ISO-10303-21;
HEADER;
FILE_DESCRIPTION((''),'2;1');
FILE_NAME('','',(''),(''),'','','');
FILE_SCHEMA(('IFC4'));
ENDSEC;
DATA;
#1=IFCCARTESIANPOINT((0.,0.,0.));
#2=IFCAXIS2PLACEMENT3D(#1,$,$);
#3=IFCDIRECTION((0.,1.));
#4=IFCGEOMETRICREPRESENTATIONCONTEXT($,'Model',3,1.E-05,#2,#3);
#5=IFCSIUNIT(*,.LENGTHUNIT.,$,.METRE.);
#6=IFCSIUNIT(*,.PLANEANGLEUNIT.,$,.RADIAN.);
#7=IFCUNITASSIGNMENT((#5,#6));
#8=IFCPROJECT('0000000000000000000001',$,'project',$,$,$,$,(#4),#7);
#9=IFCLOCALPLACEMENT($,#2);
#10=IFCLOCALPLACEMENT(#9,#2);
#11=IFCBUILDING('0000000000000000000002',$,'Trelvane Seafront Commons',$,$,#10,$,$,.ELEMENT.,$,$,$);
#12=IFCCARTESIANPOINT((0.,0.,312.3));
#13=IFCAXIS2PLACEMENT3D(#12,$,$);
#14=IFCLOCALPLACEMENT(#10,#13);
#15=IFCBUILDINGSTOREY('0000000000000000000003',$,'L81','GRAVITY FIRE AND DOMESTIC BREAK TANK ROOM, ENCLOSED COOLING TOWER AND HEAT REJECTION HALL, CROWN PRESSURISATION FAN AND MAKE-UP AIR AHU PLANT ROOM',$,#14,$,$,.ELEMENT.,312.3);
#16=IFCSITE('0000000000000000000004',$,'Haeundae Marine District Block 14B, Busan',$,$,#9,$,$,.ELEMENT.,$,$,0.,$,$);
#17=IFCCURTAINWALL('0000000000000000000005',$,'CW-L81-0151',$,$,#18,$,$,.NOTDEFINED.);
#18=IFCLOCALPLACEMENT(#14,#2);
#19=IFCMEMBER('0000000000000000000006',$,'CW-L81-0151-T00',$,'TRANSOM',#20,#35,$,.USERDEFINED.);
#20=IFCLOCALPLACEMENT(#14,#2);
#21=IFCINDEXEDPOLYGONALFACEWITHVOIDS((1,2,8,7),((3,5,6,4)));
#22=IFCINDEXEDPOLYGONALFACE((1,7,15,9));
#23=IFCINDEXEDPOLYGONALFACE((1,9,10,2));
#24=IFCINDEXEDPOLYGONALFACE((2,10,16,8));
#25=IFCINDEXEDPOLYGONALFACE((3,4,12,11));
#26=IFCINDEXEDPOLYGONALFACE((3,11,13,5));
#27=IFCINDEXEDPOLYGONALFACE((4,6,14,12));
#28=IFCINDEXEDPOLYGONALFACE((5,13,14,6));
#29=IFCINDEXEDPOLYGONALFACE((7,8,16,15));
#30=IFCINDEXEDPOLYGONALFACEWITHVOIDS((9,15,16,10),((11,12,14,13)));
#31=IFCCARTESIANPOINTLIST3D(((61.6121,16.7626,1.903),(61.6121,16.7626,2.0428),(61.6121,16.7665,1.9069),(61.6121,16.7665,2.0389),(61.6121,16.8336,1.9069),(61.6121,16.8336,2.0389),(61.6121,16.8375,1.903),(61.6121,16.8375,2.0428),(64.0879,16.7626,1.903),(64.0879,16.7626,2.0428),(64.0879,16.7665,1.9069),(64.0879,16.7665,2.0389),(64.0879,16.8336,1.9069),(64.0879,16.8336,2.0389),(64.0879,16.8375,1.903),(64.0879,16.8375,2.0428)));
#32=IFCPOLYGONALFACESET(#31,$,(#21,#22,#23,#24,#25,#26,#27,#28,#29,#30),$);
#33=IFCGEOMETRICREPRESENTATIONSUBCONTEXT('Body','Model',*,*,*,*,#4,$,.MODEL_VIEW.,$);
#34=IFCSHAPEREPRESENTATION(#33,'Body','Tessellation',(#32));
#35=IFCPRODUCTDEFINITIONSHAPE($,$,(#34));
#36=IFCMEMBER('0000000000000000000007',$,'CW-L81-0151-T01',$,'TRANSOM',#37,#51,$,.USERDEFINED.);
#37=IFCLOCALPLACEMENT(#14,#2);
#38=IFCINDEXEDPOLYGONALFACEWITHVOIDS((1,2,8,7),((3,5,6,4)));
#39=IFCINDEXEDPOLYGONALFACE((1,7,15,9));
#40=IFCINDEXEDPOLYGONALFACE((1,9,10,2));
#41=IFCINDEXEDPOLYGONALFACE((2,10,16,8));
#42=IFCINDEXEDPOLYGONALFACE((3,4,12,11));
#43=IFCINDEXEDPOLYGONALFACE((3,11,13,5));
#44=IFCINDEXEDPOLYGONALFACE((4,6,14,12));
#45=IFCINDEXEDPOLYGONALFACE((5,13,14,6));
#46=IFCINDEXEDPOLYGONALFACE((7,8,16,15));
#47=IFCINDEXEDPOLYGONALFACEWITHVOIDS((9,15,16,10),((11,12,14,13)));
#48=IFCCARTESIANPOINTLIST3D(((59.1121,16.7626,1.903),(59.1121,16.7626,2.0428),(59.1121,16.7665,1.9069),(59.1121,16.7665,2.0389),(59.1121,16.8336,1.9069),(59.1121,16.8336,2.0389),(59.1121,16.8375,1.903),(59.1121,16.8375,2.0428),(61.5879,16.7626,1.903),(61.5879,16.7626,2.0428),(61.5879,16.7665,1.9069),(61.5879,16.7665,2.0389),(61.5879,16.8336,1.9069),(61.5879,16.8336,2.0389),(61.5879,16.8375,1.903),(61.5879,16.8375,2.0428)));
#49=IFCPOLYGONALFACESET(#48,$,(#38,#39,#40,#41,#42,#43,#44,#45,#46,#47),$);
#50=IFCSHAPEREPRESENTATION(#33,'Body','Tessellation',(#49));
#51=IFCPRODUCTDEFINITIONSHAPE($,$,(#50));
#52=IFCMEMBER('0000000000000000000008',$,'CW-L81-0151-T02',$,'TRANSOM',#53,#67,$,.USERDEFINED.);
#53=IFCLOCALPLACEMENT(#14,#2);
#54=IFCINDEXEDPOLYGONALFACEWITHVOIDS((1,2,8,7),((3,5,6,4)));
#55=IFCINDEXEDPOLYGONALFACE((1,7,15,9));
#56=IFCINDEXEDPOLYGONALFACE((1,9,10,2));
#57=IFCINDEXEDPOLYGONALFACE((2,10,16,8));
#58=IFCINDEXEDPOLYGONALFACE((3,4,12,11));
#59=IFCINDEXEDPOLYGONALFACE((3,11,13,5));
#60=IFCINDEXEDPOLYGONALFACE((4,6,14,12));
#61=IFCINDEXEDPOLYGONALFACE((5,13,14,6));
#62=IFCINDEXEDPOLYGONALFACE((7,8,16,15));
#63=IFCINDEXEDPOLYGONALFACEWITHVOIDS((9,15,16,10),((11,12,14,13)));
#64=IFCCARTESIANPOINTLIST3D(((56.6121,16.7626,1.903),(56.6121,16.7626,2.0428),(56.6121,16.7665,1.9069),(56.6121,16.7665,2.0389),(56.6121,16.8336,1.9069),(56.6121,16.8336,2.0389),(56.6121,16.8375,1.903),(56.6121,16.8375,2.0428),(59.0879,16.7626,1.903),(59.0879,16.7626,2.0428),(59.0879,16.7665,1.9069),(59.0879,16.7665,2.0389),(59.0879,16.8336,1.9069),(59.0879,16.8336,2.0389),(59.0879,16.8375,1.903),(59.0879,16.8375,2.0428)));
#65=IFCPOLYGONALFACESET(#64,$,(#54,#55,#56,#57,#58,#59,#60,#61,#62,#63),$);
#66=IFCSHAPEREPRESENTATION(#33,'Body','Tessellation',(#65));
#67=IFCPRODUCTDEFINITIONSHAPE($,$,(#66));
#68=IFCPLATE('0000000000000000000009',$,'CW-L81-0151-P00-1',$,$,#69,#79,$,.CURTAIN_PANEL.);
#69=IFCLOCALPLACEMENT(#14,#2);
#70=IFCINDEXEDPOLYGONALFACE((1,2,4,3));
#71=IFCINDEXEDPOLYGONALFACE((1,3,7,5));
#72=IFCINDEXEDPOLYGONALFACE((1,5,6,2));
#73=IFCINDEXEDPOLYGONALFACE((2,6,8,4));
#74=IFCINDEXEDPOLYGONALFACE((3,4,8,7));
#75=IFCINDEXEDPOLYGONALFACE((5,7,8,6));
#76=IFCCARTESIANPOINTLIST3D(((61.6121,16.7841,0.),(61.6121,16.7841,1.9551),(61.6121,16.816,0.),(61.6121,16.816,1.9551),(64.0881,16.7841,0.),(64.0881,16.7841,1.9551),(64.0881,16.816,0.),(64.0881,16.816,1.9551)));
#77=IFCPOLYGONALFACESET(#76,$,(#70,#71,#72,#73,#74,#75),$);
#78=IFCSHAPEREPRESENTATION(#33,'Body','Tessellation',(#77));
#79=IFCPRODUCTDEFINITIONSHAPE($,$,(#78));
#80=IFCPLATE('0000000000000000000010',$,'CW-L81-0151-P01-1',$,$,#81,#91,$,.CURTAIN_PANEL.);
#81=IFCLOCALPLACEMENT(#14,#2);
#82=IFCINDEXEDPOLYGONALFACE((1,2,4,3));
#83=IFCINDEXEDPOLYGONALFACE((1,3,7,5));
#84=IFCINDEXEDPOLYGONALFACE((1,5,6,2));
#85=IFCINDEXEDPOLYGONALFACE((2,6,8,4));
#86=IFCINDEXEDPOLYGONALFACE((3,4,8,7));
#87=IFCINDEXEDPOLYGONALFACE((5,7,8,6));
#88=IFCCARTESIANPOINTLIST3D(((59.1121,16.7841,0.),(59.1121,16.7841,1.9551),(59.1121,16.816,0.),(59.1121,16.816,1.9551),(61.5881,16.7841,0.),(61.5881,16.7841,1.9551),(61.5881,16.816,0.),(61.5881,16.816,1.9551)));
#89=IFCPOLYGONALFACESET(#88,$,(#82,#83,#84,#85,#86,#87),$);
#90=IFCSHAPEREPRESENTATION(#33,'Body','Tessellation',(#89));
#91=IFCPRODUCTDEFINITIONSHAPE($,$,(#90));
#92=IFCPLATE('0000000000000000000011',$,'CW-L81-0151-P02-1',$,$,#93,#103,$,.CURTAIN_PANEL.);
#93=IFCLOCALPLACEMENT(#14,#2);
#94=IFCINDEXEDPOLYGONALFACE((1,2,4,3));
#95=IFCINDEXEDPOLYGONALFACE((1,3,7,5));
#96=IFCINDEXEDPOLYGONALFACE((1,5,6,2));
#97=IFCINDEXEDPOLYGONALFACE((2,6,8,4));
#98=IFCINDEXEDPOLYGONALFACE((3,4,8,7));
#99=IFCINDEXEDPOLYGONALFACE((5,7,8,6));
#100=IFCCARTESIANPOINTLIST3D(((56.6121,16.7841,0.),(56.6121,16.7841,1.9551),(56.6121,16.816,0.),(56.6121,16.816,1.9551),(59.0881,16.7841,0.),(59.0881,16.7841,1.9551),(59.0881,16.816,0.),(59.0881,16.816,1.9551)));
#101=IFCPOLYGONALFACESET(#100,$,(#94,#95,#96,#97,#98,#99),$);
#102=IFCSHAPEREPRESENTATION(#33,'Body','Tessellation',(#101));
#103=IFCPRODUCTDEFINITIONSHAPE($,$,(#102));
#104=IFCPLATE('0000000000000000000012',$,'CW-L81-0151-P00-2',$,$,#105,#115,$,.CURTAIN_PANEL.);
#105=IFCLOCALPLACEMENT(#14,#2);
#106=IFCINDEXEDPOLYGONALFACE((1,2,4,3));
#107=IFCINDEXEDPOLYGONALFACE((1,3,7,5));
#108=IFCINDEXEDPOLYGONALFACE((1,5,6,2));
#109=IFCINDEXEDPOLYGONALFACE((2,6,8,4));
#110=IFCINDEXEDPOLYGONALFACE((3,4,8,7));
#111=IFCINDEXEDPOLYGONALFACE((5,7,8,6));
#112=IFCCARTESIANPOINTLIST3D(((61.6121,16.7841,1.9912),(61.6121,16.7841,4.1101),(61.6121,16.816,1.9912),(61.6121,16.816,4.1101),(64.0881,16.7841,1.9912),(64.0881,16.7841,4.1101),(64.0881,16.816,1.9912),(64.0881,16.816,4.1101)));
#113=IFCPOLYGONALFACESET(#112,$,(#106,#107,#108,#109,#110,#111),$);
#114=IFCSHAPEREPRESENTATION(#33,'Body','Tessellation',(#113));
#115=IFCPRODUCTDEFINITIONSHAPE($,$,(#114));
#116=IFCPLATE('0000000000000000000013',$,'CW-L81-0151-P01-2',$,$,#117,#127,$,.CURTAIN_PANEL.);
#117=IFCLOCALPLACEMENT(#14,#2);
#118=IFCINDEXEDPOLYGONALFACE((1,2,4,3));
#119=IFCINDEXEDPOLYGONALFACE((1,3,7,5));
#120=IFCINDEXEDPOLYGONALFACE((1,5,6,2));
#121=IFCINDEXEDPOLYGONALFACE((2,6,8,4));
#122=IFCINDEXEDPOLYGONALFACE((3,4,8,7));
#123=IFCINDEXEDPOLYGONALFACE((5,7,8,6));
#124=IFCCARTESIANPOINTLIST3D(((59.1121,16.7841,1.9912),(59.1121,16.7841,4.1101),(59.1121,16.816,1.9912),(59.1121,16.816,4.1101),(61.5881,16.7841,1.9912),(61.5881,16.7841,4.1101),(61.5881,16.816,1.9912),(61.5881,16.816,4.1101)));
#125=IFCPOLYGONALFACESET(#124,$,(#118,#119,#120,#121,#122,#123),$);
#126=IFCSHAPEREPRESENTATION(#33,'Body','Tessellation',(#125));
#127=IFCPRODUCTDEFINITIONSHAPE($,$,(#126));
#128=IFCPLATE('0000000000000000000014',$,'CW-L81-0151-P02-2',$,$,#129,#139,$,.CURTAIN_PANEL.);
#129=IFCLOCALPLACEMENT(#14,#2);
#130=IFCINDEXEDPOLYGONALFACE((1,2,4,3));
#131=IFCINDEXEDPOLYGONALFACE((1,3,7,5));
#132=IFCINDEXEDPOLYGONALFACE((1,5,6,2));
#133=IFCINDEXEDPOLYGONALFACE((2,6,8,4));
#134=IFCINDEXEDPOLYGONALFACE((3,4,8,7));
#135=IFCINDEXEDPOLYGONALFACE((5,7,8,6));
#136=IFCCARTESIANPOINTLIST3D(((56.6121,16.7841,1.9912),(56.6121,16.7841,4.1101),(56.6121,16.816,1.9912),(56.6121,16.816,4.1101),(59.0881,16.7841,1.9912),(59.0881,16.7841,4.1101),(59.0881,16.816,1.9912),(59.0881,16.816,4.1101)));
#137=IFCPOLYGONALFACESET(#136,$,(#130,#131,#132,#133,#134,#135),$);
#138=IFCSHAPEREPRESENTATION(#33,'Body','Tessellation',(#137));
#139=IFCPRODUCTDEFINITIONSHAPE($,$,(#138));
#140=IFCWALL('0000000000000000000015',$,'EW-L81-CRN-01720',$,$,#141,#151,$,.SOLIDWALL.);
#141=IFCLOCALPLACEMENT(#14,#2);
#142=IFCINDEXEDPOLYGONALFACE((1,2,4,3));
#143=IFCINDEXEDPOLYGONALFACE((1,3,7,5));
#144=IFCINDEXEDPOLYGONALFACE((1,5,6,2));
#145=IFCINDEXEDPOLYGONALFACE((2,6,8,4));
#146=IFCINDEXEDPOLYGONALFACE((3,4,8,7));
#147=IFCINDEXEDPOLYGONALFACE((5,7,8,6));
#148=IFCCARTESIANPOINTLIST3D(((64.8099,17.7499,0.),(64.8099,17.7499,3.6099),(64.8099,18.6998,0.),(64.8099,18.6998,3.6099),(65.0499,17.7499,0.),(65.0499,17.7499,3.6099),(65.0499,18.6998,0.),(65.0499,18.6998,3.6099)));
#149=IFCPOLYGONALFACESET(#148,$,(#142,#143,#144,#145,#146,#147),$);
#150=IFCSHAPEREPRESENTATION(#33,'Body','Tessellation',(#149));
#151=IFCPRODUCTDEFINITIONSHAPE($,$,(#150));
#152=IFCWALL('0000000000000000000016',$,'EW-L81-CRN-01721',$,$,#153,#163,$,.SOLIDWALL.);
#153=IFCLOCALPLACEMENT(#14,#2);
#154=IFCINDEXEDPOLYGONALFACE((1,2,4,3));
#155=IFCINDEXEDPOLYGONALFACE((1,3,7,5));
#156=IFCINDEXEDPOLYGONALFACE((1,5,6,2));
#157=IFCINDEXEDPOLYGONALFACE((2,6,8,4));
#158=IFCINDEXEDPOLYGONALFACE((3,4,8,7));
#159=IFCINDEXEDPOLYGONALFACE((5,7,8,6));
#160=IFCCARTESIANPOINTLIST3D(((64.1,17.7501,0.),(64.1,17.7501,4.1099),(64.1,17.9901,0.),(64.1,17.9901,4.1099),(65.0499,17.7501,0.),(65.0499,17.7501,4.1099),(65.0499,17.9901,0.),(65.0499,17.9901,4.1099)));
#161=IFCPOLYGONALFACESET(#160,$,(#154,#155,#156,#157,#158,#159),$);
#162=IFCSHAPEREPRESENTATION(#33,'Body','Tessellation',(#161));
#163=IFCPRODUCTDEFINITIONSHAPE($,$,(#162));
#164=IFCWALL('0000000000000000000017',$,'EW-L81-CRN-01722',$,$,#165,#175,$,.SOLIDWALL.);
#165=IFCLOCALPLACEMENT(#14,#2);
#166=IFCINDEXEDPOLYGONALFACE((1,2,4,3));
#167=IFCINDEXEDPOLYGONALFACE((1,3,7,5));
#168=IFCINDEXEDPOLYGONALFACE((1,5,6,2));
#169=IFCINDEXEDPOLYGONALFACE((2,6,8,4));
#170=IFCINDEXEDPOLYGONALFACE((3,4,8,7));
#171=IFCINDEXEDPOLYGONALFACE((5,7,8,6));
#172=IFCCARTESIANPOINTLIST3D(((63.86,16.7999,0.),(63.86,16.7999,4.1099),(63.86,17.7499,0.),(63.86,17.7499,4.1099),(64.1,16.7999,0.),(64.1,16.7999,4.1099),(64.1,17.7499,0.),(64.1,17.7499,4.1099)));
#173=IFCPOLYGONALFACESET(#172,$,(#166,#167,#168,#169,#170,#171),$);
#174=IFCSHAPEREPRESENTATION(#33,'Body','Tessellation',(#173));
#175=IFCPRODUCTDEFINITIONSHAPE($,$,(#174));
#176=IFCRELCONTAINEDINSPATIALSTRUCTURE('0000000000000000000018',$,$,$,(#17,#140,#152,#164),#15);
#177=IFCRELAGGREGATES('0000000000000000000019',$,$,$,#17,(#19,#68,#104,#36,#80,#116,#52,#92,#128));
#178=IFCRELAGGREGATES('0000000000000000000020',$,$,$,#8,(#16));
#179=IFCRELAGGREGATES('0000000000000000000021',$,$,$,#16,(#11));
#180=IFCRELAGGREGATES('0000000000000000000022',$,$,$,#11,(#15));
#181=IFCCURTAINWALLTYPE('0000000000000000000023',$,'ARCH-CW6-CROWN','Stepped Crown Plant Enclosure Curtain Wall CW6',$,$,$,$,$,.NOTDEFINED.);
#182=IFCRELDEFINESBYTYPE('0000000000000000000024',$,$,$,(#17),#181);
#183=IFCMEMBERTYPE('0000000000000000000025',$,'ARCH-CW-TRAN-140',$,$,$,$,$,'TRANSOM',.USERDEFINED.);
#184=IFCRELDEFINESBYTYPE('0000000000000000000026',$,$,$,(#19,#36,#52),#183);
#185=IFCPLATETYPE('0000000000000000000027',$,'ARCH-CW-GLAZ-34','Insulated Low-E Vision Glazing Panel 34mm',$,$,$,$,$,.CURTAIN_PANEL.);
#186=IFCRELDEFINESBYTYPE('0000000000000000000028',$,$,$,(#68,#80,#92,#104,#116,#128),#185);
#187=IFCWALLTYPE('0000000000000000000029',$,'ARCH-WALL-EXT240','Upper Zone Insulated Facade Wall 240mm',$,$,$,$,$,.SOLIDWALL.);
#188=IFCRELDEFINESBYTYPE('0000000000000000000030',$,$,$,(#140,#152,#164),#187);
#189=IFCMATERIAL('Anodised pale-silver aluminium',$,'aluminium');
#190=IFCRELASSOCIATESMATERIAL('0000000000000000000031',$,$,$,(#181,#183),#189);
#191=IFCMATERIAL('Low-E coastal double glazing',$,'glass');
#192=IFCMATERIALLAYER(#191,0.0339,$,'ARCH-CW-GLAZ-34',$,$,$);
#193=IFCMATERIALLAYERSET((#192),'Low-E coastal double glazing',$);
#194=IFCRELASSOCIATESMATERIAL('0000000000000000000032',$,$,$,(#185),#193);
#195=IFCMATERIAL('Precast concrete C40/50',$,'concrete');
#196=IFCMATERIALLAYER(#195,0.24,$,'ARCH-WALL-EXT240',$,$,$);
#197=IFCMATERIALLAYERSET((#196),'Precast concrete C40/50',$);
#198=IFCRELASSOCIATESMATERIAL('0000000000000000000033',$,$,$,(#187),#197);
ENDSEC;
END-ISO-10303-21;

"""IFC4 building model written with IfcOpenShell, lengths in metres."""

from ifc_helpers import new_model, si_unit, direction, frame, frame_2d, origin, origin_2d, place, context, subcontext, project, spatial, rectangle, hollow_rectangle, extrude, source, transform, mapped, material, layer, layer_set, material_profile, profile_set, type_object, element, aggregate, save


model = new_model("IFC4")

# Units and contexts
model_context = context("Model", 3, precision=1e-05, world=origin(), true_north=direction((0.0, 1.0)))
body_context = subcontext(model_context, "Body", "Model", "MODEL_VIEW")
ifc_project = project(units=[si_unit("LENGTHUNIT", "METRE"), si_unit("PLANEANGLEUNIT", "RADIAN")], contexts=[model_context])

# Site, building, storey
site_placement = place(None, origin())
site = spatial("IfcSite", under=ifc_project, at=site_placement, Name="Haeundae Marine District Block 14B, Busan", CompositionType="ELEMENT", RefElevation=0.0)
building_placement = place(site_placement, origin())
building = spatial("IfcBuilding", under=site, at=building_placement, Name="Trelvane Seafront Commons", CompositionType="ELEMENT")
storey_placement = place(building_placement, frame((0.0, 0.0, 312.3)))
storey = spatial("IfcBuildingStorey", under=building, at=storey_placement, Name="L81", Description="GRAVITY FIRE AND DOMESTIC BREAK TANK ROOM, ENCLOSED COOLING TOWER AND HEAT REJECTION HALL, CROWN PRESSURISATION FAN AND MAKE-UP AIR AHU PLANT ROOM", CompositionType="ELEMENT", Elevation=312.3)

# Shared definitions
ifc_material_1 = material(Name="Anodised pale-silver aluminium", Category="aluminium")
curtain_wall_type = type_object("IfcCurtainWallType", Name="ARCH-CW6-CROWN", Description="Stepped Crown Plant Enclosure Curtain Wall CW6", PredefinedType="NOTDEFINED", material=ifc_material_1)

# Curtain wall, members, plates
curtain_wall_1_placement = place(storey_placement, origin())
curtain_wall_1 = element("IfcCurtainWall", 1, at=curtain_wall_1_placement, inside=storey, type_object=curtain_wall_type, Name="CW-L81-0151", PredefinedType="NOTDEFINED")
ifc_material_profile_1 = material_profile(ifc_material_1, hollow_rectangle(XDim=0.075, YDim=0.1399, WallThickness=0.0039, at=origin_2d()), Name="TRAN-75x140x4")
ifc_profile_set_1 = profile_set([ifc_material_profile_1], Name="Anodised pale-silver aluminium")
member_type_1 = type_object("IfcMemberType", Name="ARCH-CW-TRAN-140", ElementType="TRANSOM", PredefinedType="USERDEFINED", material=ifc_profile_set_1)
shared_shape_1 = source(origin(), body_context, "Body", "SweptSolid", [
    extrude(hollow_rectangle(XDim=0.075, YDim=0.1399, WallThickness=0.0039, at=origin_2d()), origin(), (0.0, 0.0, 1.0), 2.4758),
])
member_1_placement = place(storey_placement, frame((64.0879, 16.8, 1.9729), z_axis=(-1.0, 0.0, 0.0), x_axis=(0.0, -1.0, 0.0)))
member_1 = element("IfcMember", 2, at=member_1_placement, type_object=member_type_1, Name="CW-L81-0151-T00", ObjectType="TRANSOM", PredefinedType="USERDEFINED", context=body_context, shape_type="MappedRepresentation", body=[
    mapped(shared_shape_1, transform((0.0, 0.0, 0.0), x_axis=(1.0, 0.0, 0.0), y_axis=(0.0, 1.0, 0.0), z_axis=(0.0, 0.0, 1.0), scale=1.0)),
])
member_2_placement = place(storey_placement, frame((61.5879, 16.8, 1.9729), z_axis=(-1.0, 0.0, 0.0), x_axis=(0.0, -1.0, 0.0)))
member_2 = element("IfcMember", 3, at=member_2_placement, type_object=member_type_1, Name="CW-L81-0151-T01", ObjectType="TRANSOM", PredefinedType="USERDEFINED", context=body_context, shape_type="MappedRepresentation", body=[
    mapped(shared_shape_1, transform((0.0, 0.0, 0.0), x_axis=(1.0, 0.0, 0.0), y_axis=(0.0, 1.0, 0.0), z_axis=(0.0, 0.0, 1.0), scale=1.0)),
])
member_3_placement = place(storey_placement, frame((59.0879, 16.8, 1.9729), z_axis=(-1.0, 0.0, 0.0), x_axis=(0.0, -1.0, 0.0)))
member_3 = element("IfcMember", 4, at=member_3_placement, type_object=member_type_1, Name="CW-L81-0151-T02", ObjectType="TRANSOM", PredefinedType="USERDEFINED", context=body_context, shape_type="MappedRepresentation", body=[
    mapped(shared_shape_1, transform((0.0, 0.0, 0.0), x_axis=(1.0, 0.0, 0.0), y_axis=(0.0, 1.0, 0.0), z_axis=(0.0, 0.0, 1.0), scale=1.0)),
])
ifc_material_2 = material(Name="Low-E coastal double glazing", Category="glass")
ifc_layer_1 = layer(ifc_material_2, 0.0339, Name="ARCH-CW-GLAZ-34")
ifc_layer_set_1 = layer_set([ifc_layer_1], Name="Low-E coastal double glazing")
plate_type = type_object("IfcPlateType", Name="ARCH-CW-GLAZ-34", Description="Insulated Low-E Vision Glazing Panel 34mm", PredefinedType="CURTAIN_PANEL", material=ifc_layer_set_1)
shared_shape_2 = source(origin(), body_context, "Body", "SweptSolid", [
    extrude(rectangle(XDim=2.4761, YDim=0.032, at=origin_2d()), origin(), (0.0, 0.0, 1.0), 1.9551),
])
plate_1_placement = place(storey_placement, frame((62.8501, 16.8, 0.0), z_axis=(0.0, 0.0, 1.0), x_axis=(-1.0, 0.0, 0.0)))
plate_1 = element("IfcPlate", 5, at=plate_1_placement, type_object=plate_type, Name="CW-L81-0151-P00-1", PredefinedType="CURTAIN_PANEL", context=body_context, shape_type="MappedRepresentation", body=[
    mapped(shared_shape_2, transform((0.0, 0.0, 0.0), x_axis=(1.0, 0.0, 0.0), y_axis=(0.0, 1.0, 0.0), z_axis=(0.0, 0.0, 1.0), scale=1.0)),
])
plate_2_placement = place(storey_placement, frame((60.3501, 16.8, 0.0), z_axis=(0.0, 0.0, 1.0), x_axis=(-1.0, 0.0, 0.0)))
plate_2 = element("IfcPlate", 6, at=plate_2_placement, type_object=plate_type, Name="CW-L81-0151-P01-1", PredefinedType="CURTAIN_PANEL", context=body_context, shape_type="MappedRepresentation", body=[
    mapped(shared_shape_2, transform((0.0, 0.0, 0.0), x_axis=(1.0, 0.0, 0.0), y_axis=(0.0, 1.0, 0.0), z_axis=(0.0, 0.0, 1.0), scale=1.0)),
])
plate_3_placement = place(storey_placement, frame((57.8501, 16.8, 0.0), z_axis=(0.0, 0.0, 1.0), x_axis=(-1.0, 0.0, 0.0)))
plate_3 = element("IfcPlate", 7, at=plate_3_placement, type_object=plate_type, Name="CW-L81-0151-P02-1", PredefinedType="CURTAIN_PANEL", context=body_context, shape_type="MappedRepresentation", body=[
    mapped(shared_shape_2, transform((0.0, 0.0, 0.0), x_axis=(1.0, 0.0, 0.0), y_axis=(0.0, 1.0, 0.0), z_axis=(0.0, 0.0, 1.0), scale=1.0)),
])
shared_shape_3 = source(origin(), body_context, "Body", "SweptSolid", [
    extrude(rectangle(XDim=2.4761, YDim=0.032, at=origin_2d()), origin(), (0.0, 0.0, 1.0), 2.1189),
])
plate_4_placement = place(storey_placement, frame((62.8501, 16.8, 1.9912), z_axis=(0.0, 0.0, 1.0), x_axis=(-1.0, 0.0, 0.0)))
plate_4 = element("IfcPlate", 8, at=plate_4_placement, type_object=plate_type, Name="CW-L81-0151-P00-2", PredefinedType="CURTAIN_PANEL", context=body_context, shape_type="MappedRepresentation", body=[
    mapped(shared_shape_3, transform((0.0, 0.0, 0.0), x_axis=(1.0, 0.0, 0.0), y_axis=(0.0, 1.0, 0.0), z_axis=(0.0, 0.0, 1.0), scale=1.0)),
])
plate_5_placement = place(storey_placement, frame((60.3501, 16.8, 1.9912), z_axis=(0.0, 0.0, 1.0), x_axis=(-1.0, 0.0, 0.0)))
plate_5 = element("IfcPlate", 9, at=plate_5_placement, type_object=plate_type, Name="CW-L81-0151-P01-2", PredefinedType="CURTAIN_PANEL", context=body_context, shape_type="MappedRepresentation", body=[
    mapped(shared_shape_3, transform((0.0, 0.0, 0.0), x_axis=(1.0, 0.0, 0.0), y_axis=(0.0, 1.0, 0.0), z_axis=(0.0, 0.0, 1.0), scale=1.0)),
])
plate_6_placement = place(storey_placement, frame((57.8501, 16.8, 1.9912), z_axis=(0.0, 0.0, 1.0), x_axis=(-1.0, 0.0, 0.0)))
plate_6 = element("IfcPlate", 10, at=plate_6_placement, type_object=plate_type, Name="CW-L81-0151-P02-2", PredefinedType="CURTAIN_PANEL", context=body_context, shape_type="MappedRepresentation", body=[
    mapped(shared_shape_3, transform((0.0, 0.0, 0.0), x_axis=(1.0, 0.0, 0.0), y_axis=(0.0, 1.0, 0.0), z_axis=(0.0, 0.0, 1.0), scale=1.0)),
])
aggregate(curtain_wall_1, [member_1, plate_1, plate_4, member_2, plate_2, plate_5, member_3, plate_3, plate_6])

# Walls
ifc_material_3 = material(Name="Precast concrete C40/50", Category="concrete")
ifc_layer_2 = layer(ifc_material_3, 0.24, Name="ARCH-WALL-EXT240")
ifc_layer_set_2 = layer_set([ifc_layer_2], Name="Precast concrete C40/50")
wall_type_1 = type_object("IfcWallType", Name="ARCH-WALL-EXT240", Description="Upper Zone Insulated Facade Wall 240mm", PredefinedType="SOLIDWALL", material=ifc_layer_set_2)
wall_1_placement = place(storey_placement, frame((64.9299, 18.7, 0.0), z_axis=(0.0, 0.0, 1.0), x_axis=(0.0, -1.0, 0.0)))
element("IfcWall", 11, at=wall_1_placement, inside=storey, type_object=wall_type_1, Name="EW-L81-CRN-01720", PredefinedType="SOLIDWALL", context=body_context, shape_type="SweptSolid", body=[
    extrude(rectangle(XDim=0.95, YDim=0.24, at=frame_2d((0.4751, 0.0))), origin(), (0.0, 0.0, 1.0), 3.6099),
])
for number, where, z_axis, x_axis, name in (
    (12, (65.05, 17.8701, 0.0), (0.0, 0.0, 1.0), (-1.0, 0.0, 0.0), "EW-L81-CRN-01721"),
    (13, (63.98, 17.75, 0.0), (0.0, 0.0, 1.0), (0.0, -1.0, 0.0), "EW-L81-CRN-01722"),
):
    element("IfcWall", number, at=place(storey_placement, frame(where, z_axis=z_axis, x_axis=x_axis)), inside=storey, type_object=wall_type_1, Name=name, PredefinedType="SOLIDWALL", context=body_context, shape_type="SweptSolid", body=[
        extrude(rectangle(XDim=0.95, YDim=0.24, at=frame_2d((0.4751, 0.0))), origin(), (0.0, 0.0, 1.0), 4.1099),
    ])

save(model, "model.ifc")
